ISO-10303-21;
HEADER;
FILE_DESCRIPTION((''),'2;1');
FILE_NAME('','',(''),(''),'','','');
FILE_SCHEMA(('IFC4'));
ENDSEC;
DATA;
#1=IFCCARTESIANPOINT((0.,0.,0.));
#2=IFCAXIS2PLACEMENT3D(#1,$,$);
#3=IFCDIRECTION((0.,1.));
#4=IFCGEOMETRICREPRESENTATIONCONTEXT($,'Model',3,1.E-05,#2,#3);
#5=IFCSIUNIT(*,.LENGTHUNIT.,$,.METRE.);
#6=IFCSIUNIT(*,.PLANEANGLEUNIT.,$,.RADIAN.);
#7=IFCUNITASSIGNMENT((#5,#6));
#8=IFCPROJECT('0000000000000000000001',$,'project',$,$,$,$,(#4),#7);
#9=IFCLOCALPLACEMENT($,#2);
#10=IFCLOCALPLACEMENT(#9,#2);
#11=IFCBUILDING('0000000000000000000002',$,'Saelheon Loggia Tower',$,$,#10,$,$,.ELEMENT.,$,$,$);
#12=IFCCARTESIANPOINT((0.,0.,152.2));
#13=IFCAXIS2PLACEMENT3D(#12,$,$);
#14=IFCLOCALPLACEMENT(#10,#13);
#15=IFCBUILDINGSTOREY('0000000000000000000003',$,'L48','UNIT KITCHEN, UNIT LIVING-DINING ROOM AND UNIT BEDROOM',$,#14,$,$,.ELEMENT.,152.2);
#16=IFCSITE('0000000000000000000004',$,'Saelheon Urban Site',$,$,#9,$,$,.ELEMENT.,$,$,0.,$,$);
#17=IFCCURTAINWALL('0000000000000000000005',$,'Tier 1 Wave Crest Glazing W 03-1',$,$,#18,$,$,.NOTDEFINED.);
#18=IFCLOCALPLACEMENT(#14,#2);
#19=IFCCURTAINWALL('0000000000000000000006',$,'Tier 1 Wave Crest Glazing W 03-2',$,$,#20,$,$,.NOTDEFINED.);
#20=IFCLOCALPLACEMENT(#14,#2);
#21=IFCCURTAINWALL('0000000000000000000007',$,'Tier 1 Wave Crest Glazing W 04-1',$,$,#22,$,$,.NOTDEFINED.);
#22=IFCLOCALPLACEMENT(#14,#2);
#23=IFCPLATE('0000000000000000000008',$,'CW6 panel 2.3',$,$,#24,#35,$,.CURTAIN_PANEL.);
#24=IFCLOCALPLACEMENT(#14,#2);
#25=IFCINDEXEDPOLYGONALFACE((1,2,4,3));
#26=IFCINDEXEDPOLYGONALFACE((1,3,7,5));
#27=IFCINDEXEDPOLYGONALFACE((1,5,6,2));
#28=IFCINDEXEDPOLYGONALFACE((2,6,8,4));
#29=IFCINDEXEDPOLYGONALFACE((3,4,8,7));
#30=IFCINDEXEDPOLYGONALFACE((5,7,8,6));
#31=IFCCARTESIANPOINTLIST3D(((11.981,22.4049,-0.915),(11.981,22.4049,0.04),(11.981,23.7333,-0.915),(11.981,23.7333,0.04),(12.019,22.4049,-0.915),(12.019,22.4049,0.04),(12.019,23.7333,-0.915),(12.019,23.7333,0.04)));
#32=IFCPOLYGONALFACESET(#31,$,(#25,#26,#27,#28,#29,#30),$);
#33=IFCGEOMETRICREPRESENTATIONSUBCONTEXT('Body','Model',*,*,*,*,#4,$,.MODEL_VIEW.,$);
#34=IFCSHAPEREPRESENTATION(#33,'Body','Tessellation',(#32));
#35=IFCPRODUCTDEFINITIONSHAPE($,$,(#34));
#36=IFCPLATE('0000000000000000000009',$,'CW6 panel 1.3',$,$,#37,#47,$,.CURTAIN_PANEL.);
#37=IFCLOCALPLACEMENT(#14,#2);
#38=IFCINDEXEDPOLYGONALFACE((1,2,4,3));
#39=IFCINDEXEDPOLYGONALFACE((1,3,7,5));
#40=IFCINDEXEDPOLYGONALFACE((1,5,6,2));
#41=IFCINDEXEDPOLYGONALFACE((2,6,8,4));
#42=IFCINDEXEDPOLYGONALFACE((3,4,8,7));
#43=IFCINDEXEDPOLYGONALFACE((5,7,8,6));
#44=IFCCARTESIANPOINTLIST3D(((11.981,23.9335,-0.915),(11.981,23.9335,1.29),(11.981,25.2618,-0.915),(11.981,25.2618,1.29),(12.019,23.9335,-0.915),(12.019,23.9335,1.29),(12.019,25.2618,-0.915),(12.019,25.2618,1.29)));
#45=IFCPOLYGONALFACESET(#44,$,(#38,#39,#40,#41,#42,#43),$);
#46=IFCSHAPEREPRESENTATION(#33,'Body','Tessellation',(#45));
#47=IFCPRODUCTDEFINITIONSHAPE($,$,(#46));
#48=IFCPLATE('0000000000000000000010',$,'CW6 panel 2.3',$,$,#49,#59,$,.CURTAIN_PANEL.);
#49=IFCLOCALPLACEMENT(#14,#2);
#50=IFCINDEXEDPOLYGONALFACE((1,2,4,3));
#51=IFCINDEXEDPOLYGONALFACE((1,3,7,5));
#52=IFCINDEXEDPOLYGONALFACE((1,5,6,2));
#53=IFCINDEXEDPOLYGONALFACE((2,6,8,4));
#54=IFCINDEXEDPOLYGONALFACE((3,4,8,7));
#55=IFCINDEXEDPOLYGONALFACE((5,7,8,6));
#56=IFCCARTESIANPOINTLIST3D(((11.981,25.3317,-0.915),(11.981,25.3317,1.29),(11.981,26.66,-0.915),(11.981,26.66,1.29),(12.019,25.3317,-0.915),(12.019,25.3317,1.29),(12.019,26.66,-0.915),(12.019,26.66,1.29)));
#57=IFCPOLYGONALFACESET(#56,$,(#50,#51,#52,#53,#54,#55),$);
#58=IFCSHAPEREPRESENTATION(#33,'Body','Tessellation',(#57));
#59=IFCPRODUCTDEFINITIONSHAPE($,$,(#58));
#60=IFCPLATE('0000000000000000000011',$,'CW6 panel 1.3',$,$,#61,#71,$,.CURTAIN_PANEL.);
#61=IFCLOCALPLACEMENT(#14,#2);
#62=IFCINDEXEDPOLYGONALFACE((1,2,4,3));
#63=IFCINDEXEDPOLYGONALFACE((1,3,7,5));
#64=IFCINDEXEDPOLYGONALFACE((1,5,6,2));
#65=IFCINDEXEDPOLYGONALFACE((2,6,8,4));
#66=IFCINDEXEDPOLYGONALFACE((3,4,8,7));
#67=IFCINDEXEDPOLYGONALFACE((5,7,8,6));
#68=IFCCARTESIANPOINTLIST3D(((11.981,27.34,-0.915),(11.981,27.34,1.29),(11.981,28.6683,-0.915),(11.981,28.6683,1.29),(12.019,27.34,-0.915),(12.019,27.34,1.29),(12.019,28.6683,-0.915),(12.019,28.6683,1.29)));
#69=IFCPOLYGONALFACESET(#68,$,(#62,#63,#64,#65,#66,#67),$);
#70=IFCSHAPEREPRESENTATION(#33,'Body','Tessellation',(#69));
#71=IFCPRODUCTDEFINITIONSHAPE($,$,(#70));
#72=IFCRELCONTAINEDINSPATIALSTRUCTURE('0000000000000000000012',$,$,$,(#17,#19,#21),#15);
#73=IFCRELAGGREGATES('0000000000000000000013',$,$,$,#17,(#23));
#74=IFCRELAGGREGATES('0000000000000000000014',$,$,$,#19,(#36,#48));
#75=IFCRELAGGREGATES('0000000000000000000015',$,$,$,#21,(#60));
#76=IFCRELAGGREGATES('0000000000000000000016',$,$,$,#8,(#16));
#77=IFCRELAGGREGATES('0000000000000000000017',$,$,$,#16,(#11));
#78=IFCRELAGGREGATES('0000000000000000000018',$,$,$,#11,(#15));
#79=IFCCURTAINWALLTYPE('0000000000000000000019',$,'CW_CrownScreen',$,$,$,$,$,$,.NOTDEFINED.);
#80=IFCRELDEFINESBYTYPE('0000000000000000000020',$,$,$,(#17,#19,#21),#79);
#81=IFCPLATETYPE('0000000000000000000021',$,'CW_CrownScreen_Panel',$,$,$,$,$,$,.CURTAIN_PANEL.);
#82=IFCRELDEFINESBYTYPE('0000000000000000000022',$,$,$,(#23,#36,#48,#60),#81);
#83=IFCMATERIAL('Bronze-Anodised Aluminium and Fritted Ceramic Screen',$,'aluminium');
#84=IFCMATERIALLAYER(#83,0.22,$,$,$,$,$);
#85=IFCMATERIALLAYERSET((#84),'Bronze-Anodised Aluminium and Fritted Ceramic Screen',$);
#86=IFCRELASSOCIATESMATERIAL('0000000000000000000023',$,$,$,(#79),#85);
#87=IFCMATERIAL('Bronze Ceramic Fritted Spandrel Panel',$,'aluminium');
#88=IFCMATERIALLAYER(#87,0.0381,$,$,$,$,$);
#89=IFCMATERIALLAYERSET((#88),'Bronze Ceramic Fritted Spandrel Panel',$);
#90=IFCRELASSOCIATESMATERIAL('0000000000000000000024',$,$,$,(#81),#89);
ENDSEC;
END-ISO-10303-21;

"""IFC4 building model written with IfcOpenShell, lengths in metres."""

from ifc_helpers import new_model, si_unit, direction, frame, origin, origin_2d, place, context, subcontext, project, spatial, rectangle, extrude, source, transform, mapped, material, layer, layer_set, type_object, element, aggregate, save


model = new_model("IFC4")

# Units and contexts
model_context = context("Model", 3, precision=1e-05, world=origin(), true_north=direction((0.0, 1.0)))
body_context = subcontext(model_context, "Body", "Model", "MODEL_VIEW")
ifc_project = project(units=[si_unit("LENGTHUNIT", "METRE"), si_unit("PLANEANGLEUNIT", "RADIAN")], contexts=[model_context])

# Site, building, storey
site_placement = place(None, origin())
site = spatial("IfcSite", under=ifc_project, at=site_placement, Name="Saelheon Urban Site", CompositionType="ELEMENT", RefElevation=0.0)
building_placement = place(site_placement, origin())
building = spatial("IfcBuilding", under=site, at=building_placement, Name="Saelheon Loggia Tower", CompositionType="ELEMENT")
storey_placement = place(building_placement, frame((0.0, 0.0, 152.2)))
storey = spatial("IfcBuildingStorey", under=building, at=storey_placement, Name="L48", Description="UNIT KITCHEN, UNIT LIVING-DINING ROOM AND UNIT BEDROOM", CompositionType="ELEMENT", Elevation=152.2)

# Curtain walls
ifc_material_1 = material(Name="Bronze-Anodised Aluminium and Fritted Ceramic Screen", Category="aluminium")
ifc_layer_1 = layer(ifc_material_1, 0.22)
ifc_layer_set_1 = layer_set([ifc_layer_1], Name="Bronze-Anodised Aluminium and Fritted Ceramic Screen")
curtain_wall_type = type_object("IfcCurtainWallType", Name="CW_CrownScreen", PredefinedType="NOTDEFINED", material=ifc_layer_set_1)
curtain_wall_1_placement = place(storey_placement, origin())
curtain_wall_1 = element("IfcCurtainWall", 1, at=curtain_wall_1_placement, inside=storey, type_object=curtain_wall_type, Name="Tier 1 Wave Crest Glazing W 03-1", PredefinedType="NOTDEFINED")
curtain_wall_2_placement = place(storey_placement, origin())
curtain_wall_2 = element("IfcCurtainWall", 2, at=curtain_wall_2_placement, inside=storey, type_object=curtain_wall_type, Name="Tier 1 Wave Crest Glazing W 03-2", PredefinedType="NOTDEFINED")

# Curtain wall
curtain_wall_3_placement = place(storey_placement, origin())
curtain_wall_3 = element("IfcCurtainWall", 3, at=curtain_wall_3_placement, inside=storey, type_object=curtain_wall_type, Name="Tier 1 Wave Crest Glazing W 04-1", PredefinedType="NOTDEFINED")

# Plates
ifc_material_2 = material(Name="Bronze Ceramic Fritted Spandrel Panel", Category="aluminium")
ifc_layer_2 = layer(ifc_material_2, 0.0381)
ifc_layer_set_2 = layer_set([ifc_layer_2], Name="Bronze Ceramic Fritted Spandrel Panel")
plate_type = type_object("IfcPlateType", Name="CW_CrownScreen_Panel", PredefinedType="CURTAIN_PANEL", material=ifc_layer_set_2)
shared_shape_1 = source(origin(), body_context, "Body", "SweptSolid", [
    extrude(rectangle(XDim=1.3284, YDim=0.0381, at=origin_2d()), origin(), (0.0, 0.0, 1.0), 0.9551),
])
plate_1_placement = place(storey_placement, frame((12.0, 23.0691, -0.915), z_axis=(0.0, 0.0, 1.0), x_axis=(0.0, 1.0, 0.0)))
plate_1 = element("IfcPlate", 4, at=plate_1_placement, type_object=plate_type, Name="CW6 panel 2.3", PredefinedType="CURTAIN_PANEL", context=body_context, shape_type="MappedRepresentation", body=[
    mapped(shared_shape_1, transform((0.0, 0.0, 0.0), scale=1.0)),
])
aggregate(curtain_wall_1, [plate_1])
shared_shape_2 = source(origin(), body_context, "Body", "SweptSolid", [
    extrude(rectangle(XDim=1.3284, YDim=0.0381, at=origin_2d()), origin(), (0.0, 0.0, 1.0), 2.2051),
])
plate_2_placement = place(storey_placement, frame((12.0, 24.5977, -0.915), z_axis=(0.0, 0.0, 1.0), x_axis=(0.0, 1.0, 0.0)))
plate_2 = element("IfcPlate", 5, at=plate_2_placement, type_object=plate_type, Name="CW6 panel 1.3", PredefinedType="CURTAIN_PANEL", context=body_context, shape_type="MappedRepresentation", body=[
    mapped(shared_shape_2, transform((0.0, 0.0, 0.0), scale=1.0)),
])
plate_3_placement = place(storey_placement, frame((12.0, 25.9958, -0.915), z_axis=(0.0, 0.0, 1.0), x_axis=(0.0, 1.0, 0.0)))
plate_3 = element("IfcPlate", 6, at=plate_3_placement, type_object=plate_type, Name="CW6 panel 2.3", PredefinedType="CURTAIN_PANEL", context=body_context, shape_type="MappedRepresentation", body=[
    mapped(shared_shape_2, transform((0.0, 0.0, 0.0), scale=1.0)),
])
aggregate(curtain_wall_2, [plate_2, plate_3])
plate_4_placement = place(storey_placement, frame((12.0, 28.0042, -0.915), z_axis=(0.0, 0.0, 1.0), x_axis=(0.0, 1.0, 0.0)))
plate_4 = element("IfcPlate", 7, at=plate_4_placement, type_object=plate_type, Name="CW6 panel 1.3", PredefinedType="CURTAIN_PANEL", context=body_context, shape_type="MappedRepresentation", body=[
    mapped(shared_shape_2, transform((0.0, 0.0, 0.0), scale=1.0)),
])
aggregate(curtain_wall_3, [plate_4])

save(model, "model.ifc")
